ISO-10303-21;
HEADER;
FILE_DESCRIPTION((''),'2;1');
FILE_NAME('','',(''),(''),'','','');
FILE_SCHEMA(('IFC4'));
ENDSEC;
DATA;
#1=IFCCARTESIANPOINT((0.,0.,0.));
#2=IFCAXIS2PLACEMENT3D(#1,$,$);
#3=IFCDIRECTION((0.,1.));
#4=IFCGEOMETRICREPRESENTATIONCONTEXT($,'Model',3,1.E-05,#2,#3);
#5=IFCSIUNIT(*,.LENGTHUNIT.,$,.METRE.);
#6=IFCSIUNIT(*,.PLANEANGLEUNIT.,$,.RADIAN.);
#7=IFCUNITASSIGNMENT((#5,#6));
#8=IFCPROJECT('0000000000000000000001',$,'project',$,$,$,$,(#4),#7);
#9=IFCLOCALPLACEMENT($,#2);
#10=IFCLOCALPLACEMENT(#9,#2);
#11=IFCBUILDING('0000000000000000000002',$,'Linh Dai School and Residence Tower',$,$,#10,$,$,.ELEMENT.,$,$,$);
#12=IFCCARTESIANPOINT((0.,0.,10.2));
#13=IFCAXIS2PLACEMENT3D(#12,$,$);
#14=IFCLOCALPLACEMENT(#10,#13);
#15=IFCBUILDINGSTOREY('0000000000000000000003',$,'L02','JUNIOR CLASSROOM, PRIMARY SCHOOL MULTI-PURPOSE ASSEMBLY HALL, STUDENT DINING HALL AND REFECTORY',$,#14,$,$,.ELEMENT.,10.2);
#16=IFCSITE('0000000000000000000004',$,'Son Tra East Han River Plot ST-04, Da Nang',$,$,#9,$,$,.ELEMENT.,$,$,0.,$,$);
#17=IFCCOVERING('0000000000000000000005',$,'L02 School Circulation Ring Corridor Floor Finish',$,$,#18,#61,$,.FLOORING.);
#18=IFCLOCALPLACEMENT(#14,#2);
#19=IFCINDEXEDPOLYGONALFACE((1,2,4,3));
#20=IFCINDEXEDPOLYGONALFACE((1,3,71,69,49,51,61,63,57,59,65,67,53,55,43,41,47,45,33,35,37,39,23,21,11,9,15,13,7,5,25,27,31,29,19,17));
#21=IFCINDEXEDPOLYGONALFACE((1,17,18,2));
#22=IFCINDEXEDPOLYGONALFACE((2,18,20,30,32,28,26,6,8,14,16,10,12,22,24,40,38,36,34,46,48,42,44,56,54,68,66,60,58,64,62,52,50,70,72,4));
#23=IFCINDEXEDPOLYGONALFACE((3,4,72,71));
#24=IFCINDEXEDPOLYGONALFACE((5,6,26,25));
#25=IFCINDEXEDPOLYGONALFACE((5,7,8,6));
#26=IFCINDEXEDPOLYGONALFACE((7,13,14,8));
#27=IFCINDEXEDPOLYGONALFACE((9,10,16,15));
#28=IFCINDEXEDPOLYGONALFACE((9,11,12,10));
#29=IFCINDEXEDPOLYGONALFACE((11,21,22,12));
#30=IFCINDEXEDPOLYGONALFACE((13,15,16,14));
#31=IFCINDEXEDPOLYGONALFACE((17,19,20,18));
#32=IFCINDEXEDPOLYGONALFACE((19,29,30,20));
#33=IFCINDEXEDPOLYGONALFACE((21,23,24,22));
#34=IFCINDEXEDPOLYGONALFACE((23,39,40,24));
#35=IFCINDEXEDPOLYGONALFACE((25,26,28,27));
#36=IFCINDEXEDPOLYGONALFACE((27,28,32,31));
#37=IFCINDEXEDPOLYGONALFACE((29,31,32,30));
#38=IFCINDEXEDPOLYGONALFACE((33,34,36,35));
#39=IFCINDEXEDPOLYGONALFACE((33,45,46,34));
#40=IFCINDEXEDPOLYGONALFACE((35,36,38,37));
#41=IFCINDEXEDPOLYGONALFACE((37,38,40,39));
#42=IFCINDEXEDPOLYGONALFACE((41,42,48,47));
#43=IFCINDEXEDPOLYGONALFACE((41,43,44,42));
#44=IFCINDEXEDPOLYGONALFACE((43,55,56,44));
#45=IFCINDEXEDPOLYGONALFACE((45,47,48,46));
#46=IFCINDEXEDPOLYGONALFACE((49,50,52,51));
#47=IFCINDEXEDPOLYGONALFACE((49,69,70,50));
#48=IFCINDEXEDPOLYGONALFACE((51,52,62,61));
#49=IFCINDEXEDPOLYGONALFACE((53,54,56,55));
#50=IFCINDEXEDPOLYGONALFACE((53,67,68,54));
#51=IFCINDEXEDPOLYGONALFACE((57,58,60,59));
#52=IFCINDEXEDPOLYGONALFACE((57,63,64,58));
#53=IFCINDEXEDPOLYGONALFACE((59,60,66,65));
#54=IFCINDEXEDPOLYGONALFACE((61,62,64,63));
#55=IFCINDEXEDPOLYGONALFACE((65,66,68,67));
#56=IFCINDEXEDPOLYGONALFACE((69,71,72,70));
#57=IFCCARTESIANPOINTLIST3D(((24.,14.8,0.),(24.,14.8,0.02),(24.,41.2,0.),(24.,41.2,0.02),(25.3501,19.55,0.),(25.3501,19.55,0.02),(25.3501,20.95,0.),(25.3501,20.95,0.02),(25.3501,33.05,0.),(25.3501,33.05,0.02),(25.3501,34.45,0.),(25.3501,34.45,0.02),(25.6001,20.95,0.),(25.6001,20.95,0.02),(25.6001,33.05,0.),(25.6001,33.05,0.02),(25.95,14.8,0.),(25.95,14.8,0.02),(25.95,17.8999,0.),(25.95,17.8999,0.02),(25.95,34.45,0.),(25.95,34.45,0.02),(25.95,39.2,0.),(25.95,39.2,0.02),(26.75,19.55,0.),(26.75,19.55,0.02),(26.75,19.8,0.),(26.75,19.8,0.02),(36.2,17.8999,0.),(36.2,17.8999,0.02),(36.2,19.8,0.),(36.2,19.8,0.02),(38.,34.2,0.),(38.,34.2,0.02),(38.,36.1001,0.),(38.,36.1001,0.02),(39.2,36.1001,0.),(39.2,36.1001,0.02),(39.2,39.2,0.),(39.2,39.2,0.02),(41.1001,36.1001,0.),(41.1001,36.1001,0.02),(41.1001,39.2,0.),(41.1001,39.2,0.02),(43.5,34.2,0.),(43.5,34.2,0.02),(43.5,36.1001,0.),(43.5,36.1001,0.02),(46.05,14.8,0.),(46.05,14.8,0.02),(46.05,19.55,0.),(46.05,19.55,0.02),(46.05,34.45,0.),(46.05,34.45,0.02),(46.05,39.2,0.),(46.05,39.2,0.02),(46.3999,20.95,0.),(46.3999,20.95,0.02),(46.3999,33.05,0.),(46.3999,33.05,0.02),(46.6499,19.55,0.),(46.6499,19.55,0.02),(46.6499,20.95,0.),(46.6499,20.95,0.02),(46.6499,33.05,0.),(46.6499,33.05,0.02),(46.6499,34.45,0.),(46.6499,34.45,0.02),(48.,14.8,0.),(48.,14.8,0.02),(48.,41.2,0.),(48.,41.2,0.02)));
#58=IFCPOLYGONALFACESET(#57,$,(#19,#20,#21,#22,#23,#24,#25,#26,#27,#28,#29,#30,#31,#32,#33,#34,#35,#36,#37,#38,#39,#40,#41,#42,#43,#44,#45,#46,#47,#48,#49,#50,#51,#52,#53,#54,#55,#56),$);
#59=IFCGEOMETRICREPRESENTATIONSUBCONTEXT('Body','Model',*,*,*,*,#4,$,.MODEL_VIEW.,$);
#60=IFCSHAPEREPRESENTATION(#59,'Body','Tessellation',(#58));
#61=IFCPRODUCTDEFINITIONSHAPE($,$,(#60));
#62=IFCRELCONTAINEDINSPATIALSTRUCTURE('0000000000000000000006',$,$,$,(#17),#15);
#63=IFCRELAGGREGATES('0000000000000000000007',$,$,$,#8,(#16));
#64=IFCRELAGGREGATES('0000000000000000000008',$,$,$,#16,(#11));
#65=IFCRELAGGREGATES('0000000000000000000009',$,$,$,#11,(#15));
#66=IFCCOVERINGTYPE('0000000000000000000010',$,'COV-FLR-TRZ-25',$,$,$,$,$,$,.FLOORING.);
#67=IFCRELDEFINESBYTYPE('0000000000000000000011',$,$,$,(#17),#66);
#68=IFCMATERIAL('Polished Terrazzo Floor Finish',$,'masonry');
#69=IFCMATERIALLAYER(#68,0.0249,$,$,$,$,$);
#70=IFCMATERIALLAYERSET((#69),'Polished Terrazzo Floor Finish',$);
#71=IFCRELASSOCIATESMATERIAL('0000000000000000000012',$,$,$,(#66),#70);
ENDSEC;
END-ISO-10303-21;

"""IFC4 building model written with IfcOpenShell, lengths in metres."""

from ifc_helpers import new_model, si_unit, direction, frame, origin, place, context, subcontext, project, spatial, polyline, outline, extrude, material, layer, layer_set, type_object, element, save


model = new_model("IFC4")

# Units and contexts
model_context = context("Model", 3, precision=1e-05, world=origin(), true_north=direction((0.0, 1.0)))
body_context = subcontext(model_context, "Body", "Model", "MODEL_VIEW")
ifc_project = project(units=[si_unit("LENGTHUNIT", "METRE"), si_unit("PLANEANGLEUNIT", "RADIAN")], contexts=[model_context])

# Site, building, storey
site_placement = place(None, origin())
site = spatial("IfcSite", under=ifc_project, at=site_placement, Name="Son Tra East Han River Plot ST-04, Da Nang", CompositionType="ELEMENT", RefElevation=0.0)
building_placement = place(site_placement, origin())
building = spatial("IfcBuilding", under=site, at=building_placement, Name="Linh Dai School and Residence Tower", CompositionType="ELEMENT")
storey_placement = place(building_placement, frame((0.0, 0.0, 10.2)))
storey = spatial("IfcBuildingStorey", under=building, at=storey_placement, Name="L02", Description="JUNIOR CLASSROOM, PRIMARY SCHOOL MULTI-PURPOSE ASSEMBLY HALL, STUDENT DINING HALL AND REFECTORY", CompositionType="ELEMENT", Elevation=10.2)

# Covering
ifc_material_1 = material(Name="Polished Terrazzo Floor Finish", Category="masonry")
ifc_layer_1 = layer(ifc_material_1, 0.0249)
ifc_layer_set_1 = layer_set([ifc_layer_1], Name="Polished Terrazzo Floor Finish")
covering_type_1 = type_object("IfcCoveringType", Name="COV-FLR-TRZ-25", PredefinedType="FLOORING", material=ifc_layer_set_1)
covering_1_placement = place(storey_placement, origin())
element("IfcCovering", 1, at=covering_1_placement, inside=storey, type_object=covering_type_1, Name="L02 School Circulation Ring Corridor Floor Finish", PredefinedType="FLOORING", context=body_context, shape_type="SweptSolid", body=[
    extrude(outline(polyline([(24.0, 41.2), (48.0, 41.2), (48.0, 14.8), (46.05, 14.8), (46.05, 19.55), (46.6499, 19.55), (46.6499, 20.95), (46.3999, 20.95), (46.3999, 33.05), (46.6499, 33.05), (46.6499, 34.45), (46.05, 34.45), (46.05, 39.2), (41.1001, 39.2), (41.1001, 36.1001), (43.5, 36.1001), (43.5, 34.2), (38.0, 34.2), (38.0, 36.1001), (39.2, 36.1001), (39.2, 39.2), (25.95, 39.2), (25.95, 34.45), (25.3501, 34.45), (25.3501, 33.05), (25.6001, 33.05), (25.6001, 20.95), (25.3501, 20.95), (25.3501, 19.55), (26.75, 19.55), (26.75, 19.8), (36.2, 19.8), (36.2, 17.8999), (25.95, 17.8999), (25.95, 14.8), (24.0, 14.8), (24.0, 41.2)])), origin(), (0.0, 0.0, 1.0), 0.02),
])

save(model, "model.ifc")
